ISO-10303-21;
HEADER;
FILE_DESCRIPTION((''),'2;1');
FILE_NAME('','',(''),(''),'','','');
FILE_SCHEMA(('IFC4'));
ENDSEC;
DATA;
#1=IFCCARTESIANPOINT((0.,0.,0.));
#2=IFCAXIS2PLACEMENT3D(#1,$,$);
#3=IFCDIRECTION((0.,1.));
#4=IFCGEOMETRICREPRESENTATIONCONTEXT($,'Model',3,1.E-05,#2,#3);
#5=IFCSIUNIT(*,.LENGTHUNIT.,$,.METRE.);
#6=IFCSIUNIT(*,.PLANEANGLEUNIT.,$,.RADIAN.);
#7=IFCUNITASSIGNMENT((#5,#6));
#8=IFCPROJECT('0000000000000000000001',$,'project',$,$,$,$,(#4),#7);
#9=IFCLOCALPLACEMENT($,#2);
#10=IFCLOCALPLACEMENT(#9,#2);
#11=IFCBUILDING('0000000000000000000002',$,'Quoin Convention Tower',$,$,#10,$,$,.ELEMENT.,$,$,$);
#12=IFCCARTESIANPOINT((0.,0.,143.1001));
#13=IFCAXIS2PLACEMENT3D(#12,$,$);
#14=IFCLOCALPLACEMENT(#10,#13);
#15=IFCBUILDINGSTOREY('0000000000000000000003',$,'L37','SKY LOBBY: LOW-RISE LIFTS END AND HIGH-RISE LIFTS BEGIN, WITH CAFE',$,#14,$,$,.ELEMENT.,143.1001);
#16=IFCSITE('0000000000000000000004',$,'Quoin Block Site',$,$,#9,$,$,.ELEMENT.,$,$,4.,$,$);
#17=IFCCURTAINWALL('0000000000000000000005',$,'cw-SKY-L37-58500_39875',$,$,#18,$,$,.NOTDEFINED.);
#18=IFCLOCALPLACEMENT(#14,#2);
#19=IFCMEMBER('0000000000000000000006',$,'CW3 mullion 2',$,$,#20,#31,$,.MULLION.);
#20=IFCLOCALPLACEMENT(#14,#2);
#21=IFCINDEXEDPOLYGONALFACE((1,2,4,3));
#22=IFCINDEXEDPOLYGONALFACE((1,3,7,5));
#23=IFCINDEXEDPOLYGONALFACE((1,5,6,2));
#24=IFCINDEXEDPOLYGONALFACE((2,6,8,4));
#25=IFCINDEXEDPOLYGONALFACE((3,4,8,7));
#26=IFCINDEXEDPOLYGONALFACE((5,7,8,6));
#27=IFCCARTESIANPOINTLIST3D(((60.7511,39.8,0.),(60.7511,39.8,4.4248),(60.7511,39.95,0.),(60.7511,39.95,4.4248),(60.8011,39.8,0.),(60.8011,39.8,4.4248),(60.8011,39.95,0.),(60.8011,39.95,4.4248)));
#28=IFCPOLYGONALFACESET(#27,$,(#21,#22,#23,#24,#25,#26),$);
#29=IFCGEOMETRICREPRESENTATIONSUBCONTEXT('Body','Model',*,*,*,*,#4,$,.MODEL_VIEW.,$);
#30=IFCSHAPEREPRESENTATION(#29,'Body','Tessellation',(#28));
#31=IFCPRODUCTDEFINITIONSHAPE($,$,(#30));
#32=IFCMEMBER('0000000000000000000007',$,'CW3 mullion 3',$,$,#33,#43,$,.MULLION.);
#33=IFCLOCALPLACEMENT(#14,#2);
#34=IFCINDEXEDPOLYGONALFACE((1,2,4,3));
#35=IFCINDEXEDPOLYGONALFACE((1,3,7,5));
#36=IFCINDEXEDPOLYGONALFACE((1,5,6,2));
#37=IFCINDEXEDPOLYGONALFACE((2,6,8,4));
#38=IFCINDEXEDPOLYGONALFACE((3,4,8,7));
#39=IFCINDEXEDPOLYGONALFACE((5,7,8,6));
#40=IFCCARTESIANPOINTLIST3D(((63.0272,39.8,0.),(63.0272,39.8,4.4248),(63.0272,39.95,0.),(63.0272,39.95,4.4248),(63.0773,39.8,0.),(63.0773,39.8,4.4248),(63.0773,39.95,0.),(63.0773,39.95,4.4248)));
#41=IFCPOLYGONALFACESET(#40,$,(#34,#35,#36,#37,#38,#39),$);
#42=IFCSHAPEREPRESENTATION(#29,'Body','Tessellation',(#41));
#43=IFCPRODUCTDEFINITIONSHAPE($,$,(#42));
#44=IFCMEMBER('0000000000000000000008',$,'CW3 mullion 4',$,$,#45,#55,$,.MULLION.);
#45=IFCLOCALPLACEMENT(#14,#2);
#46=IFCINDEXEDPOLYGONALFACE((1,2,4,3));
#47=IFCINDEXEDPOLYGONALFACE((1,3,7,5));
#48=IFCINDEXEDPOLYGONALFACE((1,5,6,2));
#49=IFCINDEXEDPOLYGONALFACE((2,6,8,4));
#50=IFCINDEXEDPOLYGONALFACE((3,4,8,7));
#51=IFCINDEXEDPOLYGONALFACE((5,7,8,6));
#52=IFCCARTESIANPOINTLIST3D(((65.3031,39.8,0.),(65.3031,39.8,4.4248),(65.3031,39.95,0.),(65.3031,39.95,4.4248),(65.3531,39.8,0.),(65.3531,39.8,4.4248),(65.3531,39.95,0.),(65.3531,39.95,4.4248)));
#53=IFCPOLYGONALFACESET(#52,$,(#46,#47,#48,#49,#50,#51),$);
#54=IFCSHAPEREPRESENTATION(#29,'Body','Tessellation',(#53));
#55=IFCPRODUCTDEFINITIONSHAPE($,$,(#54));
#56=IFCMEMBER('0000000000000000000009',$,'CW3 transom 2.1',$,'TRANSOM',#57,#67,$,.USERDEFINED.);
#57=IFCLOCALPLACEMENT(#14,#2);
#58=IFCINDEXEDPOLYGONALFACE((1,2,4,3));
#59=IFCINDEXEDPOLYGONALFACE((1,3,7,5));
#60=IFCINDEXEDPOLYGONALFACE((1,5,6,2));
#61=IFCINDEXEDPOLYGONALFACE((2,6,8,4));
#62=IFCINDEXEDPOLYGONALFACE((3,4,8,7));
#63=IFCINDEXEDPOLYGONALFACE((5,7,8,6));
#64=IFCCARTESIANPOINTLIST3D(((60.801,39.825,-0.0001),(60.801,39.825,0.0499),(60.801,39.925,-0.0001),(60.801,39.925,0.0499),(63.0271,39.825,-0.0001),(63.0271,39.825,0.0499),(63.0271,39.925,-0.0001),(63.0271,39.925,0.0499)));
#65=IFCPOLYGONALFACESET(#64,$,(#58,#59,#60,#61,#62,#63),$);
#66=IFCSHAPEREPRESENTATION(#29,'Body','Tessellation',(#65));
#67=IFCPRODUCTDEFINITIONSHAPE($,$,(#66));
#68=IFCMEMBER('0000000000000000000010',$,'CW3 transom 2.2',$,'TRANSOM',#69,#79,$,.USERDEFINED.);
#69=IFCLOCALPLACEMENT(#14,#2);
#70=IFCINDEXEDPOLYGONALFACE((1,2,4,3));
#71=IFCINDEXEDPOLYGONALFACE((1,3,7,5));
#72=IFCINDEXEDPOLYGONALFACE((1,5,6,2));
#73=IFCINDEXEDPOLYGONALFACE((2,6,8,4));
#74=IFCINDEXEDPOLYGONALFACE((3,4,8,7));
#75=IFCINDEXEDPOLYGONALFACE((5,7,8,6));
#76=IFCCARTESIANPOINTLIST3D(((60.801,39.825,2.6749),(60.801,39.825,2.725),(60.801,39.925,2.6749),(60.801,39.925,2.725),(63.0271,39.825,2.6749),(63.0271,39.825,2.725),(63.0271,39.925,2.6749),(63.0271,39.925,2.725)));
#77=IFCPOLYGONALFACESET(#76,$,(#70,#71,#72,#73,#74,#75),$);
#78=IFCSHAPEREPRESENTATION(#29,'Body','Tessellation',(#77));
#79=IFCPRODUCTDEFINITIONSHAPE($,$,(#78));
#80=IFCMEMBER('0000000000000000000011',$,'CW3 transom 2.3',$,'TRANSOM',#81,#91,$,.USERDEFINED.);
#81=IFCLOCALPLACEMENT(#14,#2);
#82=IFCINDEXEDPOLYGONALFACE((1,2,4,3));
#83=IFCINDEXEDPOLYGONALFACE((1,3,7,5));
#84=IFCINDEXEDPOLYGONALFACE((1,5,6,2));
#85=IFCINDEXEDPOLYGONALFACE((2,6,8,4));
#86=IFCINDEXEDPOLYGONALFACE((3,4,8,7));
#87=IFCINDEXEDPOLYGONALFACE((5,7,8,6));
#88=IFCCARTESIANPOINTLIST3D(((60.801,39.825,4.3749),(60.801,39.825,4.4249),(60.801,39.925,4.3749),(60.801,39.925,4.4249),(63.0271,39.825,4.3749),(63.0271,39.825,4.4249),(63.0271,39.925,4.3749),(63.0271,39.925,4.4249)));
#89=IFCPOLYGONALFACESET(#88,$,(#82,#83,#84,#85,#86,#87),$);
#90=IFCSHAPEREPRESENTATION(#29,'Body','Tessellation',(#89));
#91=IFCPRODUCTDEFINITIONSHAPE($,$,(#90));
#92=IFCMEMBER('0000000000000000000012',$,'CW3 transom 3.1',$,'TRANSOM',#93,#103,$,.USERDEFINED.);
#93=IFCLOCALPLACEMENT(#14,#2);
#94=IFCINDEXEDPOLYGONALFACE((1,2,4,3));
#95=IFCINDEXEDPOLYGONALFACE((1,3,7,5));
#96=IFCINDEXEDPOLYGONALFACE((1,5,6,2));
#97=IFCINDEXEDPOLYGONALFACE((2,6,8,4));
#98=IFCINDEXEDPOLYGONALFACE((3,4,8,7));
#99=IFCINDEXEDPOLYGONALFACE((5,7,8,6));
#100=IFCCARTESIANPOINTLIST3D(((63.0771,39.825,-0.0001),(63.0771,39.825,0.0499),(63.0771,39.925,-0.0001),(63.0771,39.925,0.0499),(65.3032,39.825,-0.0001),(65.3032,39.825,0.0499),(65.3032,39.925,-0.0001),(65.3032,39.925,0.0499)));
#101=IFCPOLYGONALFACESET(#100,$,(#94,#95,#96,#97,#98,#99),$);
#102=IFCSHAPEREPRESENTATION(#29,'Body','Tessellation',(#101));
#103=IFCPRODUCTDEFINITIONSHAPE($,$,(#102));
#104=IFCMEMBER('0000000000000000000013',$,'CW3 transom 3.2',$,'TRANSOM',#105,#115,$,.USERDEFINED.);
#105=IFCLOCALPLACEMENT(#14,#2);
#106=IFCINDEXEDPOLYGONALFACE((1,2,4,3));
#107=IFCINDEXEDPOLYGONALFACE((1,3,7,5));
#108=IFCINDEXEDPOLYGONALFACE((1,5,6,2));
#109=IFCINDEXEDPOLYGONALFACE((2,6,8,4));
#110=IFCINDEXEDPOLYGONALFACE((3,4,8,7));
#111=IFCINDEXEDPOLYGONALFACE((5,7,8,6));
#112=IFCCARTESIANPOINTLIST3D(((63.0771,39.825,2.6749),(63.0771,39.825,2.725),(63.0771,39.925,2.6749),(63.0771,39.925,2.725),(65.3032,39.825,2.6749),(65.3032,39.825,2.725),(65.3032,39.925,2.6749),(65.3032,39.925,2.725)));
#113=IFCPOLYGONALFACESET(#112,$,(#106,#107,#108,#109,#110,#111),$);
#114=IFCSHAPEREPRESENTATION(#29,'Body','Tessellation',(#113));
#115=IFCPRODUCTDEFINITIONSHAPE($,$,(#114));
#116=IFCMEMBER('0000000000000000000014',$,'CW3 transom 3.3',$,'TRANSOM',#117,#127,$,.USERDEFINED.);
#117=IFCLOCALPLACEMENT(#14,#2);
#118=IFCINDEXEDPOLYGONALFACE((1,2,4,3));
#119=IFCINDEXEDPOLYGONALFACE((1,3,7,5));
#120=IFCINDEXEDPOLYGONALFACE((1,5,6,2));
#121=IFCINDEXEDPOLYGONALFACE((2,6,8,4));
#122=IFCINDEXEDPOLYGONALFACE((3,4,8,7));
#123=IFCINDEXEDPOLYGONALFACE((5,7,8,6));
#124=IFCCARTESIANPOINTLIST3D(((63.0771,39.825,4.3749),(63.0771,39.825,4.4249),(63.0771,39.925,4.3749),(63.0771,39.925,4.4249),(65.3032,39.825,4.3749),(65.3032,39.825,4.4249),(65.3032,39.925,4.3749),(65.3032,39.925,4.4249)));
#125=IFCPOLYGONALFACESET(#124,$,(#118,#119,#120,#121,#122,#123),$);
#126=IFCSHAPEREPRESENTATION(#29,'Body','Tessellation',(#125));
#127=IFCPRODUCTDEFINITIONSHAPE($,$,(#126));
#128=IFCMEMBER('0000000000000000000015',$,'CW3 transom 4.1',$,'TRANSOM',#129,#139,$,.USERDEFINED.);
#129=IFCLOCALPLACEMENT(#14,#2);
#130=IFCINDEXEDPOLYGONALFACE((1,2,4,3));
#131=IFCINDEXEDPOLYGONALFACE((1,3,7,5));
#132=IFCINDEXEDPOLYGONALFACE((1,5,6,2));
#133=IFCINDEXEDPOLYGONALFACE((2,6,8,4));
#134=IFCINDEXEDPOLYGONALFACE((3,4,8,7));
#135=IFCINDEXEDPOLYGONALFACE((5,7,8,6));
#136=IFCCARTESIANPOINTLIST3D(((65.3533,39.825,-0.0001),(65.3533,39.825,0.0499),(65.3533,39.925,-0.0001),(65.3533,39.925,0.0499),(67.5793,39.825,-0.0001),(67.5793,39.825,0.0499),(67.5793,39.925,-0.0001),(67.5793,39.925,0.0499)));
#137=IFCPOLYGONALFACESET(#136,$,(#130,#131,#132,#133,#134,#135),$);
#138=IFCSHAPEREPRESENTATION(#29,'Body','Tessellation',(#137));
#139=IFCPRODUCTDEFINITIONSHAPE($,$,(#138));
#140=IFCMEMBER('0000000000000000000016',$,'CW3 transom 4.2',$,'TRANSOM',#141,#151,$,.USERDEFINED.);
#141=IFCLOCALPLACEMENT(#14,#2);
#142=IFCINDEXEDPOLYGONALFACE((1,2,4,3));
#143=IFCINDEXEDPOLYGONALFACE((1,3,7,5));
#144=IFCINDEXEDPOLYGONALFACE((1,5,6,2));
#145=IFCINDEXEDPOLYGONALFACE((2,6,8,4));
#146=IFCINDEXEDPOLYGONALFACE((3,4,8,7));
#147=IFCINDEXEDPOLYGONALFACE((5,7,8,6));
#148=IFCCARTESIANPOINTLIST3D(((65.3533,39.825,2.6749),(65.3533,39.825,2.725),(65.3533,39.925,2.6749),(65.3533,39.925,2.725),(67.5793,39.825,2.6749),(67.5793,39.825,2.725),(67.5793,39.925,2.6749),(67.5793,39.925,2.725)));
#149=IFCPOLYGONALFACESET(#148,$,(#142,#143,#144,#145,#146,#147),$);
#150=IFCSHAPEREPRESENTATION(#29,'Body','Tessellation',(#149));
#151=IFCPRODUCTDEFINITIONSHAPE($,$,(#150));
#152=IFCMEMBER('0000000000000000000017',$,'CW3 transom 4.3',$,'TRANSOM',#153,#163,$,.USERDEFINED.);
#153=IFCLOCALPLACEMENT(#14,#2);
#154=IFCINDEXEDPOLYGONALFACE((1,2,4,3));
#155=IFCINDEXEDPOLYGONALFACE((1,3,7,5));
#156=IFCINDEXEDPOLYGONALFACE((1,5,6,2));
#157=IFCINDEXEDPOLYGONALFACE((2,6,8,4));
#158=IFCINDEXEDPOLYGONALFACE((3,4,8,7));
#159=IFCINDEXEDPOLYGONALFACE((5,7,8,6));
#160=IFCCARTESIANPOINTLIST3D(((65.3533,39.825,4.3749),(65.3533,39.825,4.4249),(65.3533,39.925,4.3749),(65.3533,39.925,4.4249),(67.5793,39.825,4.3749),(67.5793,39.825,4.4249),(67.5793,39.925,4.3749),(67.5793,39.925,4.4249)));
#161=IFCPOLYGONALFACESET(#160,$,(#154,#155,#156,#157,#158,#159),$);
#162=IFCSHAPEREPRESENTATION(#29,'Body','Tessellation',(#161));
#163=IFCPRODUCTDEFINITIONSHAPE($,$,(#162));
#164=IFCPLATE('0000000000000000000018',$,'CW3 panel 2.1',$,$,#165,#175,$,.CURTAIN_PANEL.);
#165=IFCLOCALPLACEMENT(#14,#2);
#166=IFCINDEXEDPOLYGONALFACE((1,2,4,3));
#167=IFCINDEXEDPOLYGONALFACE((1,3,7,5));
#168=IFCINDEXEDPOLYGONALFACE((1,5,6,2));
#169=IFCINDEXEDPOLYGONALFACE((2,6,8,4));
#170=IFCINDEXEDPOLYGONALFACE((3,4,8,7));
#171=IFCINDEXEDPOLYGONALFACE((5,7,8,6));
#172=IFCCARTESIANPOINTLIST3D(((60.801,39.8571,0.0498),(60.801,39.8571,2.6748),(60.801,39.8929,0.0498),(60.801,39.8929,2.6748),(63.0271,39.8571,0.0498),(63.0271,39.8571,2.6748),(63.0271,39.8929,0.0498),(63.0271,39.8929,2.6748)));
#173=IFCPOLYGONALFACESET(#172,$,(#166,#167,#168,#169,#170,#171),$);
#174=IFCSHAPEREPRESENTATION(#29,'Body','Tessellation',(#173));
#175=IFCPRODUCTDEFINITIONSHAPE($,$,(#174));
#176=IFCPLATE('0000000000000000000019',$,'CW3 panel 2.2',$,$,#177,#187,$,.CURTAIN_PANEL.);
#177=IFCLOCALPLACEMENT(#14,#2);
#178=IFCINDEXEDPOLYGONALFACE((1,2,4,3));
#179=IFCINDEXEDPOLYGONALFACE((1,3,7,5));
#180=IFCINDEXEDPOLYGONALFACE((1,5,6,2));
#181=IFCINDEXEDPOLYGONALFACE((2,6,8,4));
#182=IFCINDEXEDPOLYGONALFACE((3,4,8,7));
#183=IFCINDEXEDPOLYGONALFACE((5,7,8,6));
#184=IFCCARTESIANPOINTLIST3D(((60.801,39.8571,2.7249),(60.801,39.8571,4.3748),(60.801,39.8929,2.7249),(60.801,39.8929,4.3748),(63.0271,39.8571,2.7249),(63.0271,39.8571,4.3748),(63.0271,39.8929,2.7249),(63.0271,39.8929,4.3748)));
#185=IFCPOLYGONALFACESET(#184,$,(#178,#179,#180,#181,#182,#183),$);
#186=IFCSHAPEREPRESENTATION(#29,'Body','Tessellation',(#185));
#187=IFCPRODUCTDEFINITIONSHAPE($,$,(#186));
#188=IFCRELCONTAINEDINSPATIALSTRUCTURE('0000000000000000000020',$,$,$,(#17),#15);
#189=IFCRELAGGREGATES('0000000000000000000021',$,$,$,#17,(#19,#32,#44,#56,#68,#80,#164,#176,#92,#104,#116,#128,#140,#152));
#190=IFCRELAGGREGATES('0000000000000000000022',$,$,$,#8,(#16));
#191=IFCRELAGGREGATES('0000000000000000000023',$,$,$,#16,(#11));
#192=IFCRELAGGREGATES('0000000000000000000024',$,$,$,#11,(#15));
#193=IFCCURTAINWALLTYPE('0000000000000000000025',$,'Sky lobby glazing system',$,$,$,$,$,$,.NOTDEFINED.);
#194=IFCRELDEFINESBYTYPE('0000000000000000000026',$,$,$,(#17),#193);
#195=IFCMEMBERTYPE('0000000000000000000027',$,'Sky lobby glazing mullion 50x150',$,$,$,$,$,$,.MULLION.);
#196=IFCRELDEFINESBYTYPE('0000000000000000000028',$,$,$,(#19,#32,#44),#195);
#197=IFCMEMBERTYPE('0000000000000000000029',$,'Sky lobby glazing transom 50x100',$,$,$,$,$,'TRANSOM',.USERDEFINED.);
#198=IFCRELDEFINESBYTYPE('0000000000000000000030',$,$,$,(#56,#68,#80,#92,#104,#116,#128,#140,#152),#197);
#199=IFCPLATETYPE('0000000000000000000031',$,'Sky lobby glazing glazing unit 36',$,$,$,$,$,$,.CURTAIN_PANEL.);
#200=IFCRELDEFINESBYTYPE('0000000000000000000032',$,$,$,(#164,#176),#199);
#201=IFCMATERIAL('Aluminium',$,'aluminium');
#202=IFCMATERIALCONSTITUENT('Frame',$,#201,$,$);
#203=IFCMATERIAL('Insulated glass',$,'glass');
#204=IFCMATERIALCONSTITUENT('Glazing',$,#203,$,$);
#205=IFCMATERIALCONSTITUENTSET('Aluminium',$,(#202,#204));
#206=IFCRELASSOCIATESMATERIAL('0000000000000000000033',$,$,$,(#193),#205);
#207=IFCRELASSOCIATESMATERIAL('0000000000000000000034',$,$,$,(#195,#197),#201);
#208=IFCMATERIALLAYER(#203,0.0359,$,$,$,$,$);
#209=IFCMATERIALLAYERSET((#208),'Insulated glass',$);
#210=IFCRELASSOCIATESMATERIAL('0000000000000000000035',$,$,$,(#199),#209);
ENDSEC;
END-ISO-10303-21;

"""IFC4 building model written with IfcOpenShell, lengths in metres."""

from ifc_helpers import new_model, si_unit, direction, frame, origin, origin_2d, place, context, subcontext, project, spatial, rectangle, extrude, material, layer, layer_set, constituent, constituent_set, material_profile, profile_set, type_object, element, aggregate, save


model = new_model("IFC4")

# Units and contexts
model_context = context("Model", 3, precision=1e-05, world=origin(), true_north=direction((0.0, 1.0)))
body_context = subcontext(model_context, "Body", "Model", "MODEL_VIEW")
ifc_project = project(units=[si_unit("LENGTHUNIT", "METRE"), si_unit("PLANEANGLEUNIT", "RADIAN")], contexts=[model_context])

# Site, building, storey
site_placement = place(None, origin())
site = spatial("IfcSite", under=ifc_project, at=site_placement, Name="Quoin Block Site", CompositionType="ELEMENT", RefElevation=4.0)
building_placement = place(site_placement, origin())
building = spatial("IfcBuilding", under=site, at=building_placement, Name="Quoin Convention Tower", CompositionType="ELEMENT")
storey_placement = place(building_placement, frame((0.0, 0.0, 143.1001)))
storey = spatial("IfcBuildingStorey", under=building, at=storey_placement, Name="L37", Description="SKY LOBBY: LOW-RISE LIFTS END AND HIGH-RISE LIFTS BEGIN, WITH CAFE", CompositionType="ELEMENT", Elevation=143.1001)

# Curtain wall, members, plates
ifc_material_1 = material(Name="Aluminium", Category="aluminium")
ifc_constituent_1 = constituent(ifc_material_1, Name="Frame")
ifc_material_2 = material(Name="Insulated glass", Category="glass")
ifc_constituent_2 = constituent(ifc_material_2, Name="Glazing")
ifc_constituent_set = constituent_set(constituents=[ifc_constituent_1, ifc_constituent_2], Name="Aluminium")
curtain_wall_type = type_object("IfcCurtainWallType", Name="Sky lobby glazing system", PredefinedType="NOTDEFINED", material=ifc_constituent_set)
curtain_wall_placement = place(storey_placement, origin())
curtain_wall = element("IfcCurtainWall", 1, at=curtain_wall_placement, inside=storey, type_object=curtain_wall_type, Name="cw-SKY-L37-58500_39875", PredefinedType="NOTDEFINED")
ifc_material_profile_1 = material_profile(ifc_material_1, rectangle(XDim=0.1499, YDim=0.05, at=origin_2d()), Name="Sky lobby glazing mullion 50x150")
ifc_profile_set_1 = profile_set([ifc_material_profile_1], Name="Aluminium")
member_type_1 = type_object("IfcMemberType", Name="Sky lobby glazing mullion 50x150", PredefinedType="MULLION", material=ifc_profile_set_1)
member_1_placement = place(storey_placement, frame((60.7761, 39.875, 0.0), z_axis=(0.0, 0.0, 1.0), x_axis=(0.0, 1.0, 0.0)))
member_1 = element("IfcMember", 2, at=member_1_placement, type_object=member_type_1, Name="CW3 mullion 2", PredefinedType="MULLION", context=body_context, shape_type="SweptSolid", body=[
    extrude(rectangle(XDim=0.1499, YDim=0.05, at=origin_2d()), origin(), (0.0, 0.0, 1.0), 4.4248),
])
member_2_placement = place(storey_placement, frame((63.0522, 39.875, 0.0), z_axis=(0.0, 0.0, 1.0), x_axis=(0.0, 1.0, 0.0)))
member_2 = element("IfcMember", 3, at=member_2_placement, type_object=member_type_1, Name="CW3 mullion 3", PredefinedType="MULLION", context=body_context, shape_type="SweptSolid", body=[
    extrude(rectangle(XDim=0.1499, YDim=0.05, at=origin_2d()), origin(), (0.0, 0.0, 1.0), 4.4248),
])
member_3_placement = place(storey_placement, frame((65.3281, 39.875, 0.0), z_axis=(0.0, 0.0, 1.0), x_axis=(0.0, 1.0, 0.0)))
member_3 = element("IfcMember", 4, at=member_3_placement, type_object=member_type_1, Name="CW3 mullion 4", PredefinedType="MULLION", context=body_context, shape_type="SweptSolid", body=[
    extrude(rectangle(XDim=0.1499, YDim=0.05, at=origin_2d()), origin(), (0.0, 0.0, 1.0), 4.4248),
])
ifc_material_profile_2 = material_profile(ifc_material_1, rectangle(XDim=0.1001, YDim=0.05, at=origin_2d()), Name="Sky lobby glazing transom 50x100")
ifc_profile_set_2 = profile_set([ifc_material_profile_2], Name="Aluminium")
member_type_2 = type_object("IfcMemberType", Name="Sky lobby glazing transom 50x100", ElementType="TRANSOM", PredefinedType="USERDEFINED", material=ifc_profile_set_2)
member_4_placement = place(storey_placement, frame((60.801, 39.875, 0.0249), z_axis=(1.0, 0.0, 0.0), x_axis=(0.0, 1.0, 0.0)))
member_4 = element("IfcMember", 5, at=member_4_placement, type_object=member_type_2, Name="CW3 transom 2.1", ObjectType="TRANSOM", PredefinedType="USERDEFINED", context=body_context, shape_type="SweptSolid", body=[
    extrude(rectangle(XDim=0.1001, YDim=0.05, at=origin_2d()), origin(), (0.0, 0.0, 1.0), 2.2261),
])
member_5_placement = place(storey_placement, frame((60.801, 39.875, 2.7), z_axis=(1.0, 0.0, 0.0), x_axis=(0.0, 1.0, 0.0)))
member_5 = element("IfcMember", 6, at=member_5_placement, type_object=member_type_2, Name="CW3 transom 2.2", ObjectType="TRANSOM", PredefinedType="USERDEFINED", context=body_context, shape_type="SweptSolid", body=[
    extrude(rectangle(XDim=0.1001, YDim=0.05, at=origin_2d()), origin(), (0.0, 0.0, 1.0), 2.2261),
])
member_6_placement = place(storey_placement, frame((60.801, 39.875, 4.3999), z_axis=(1.0, 0.0, 0.0), x_axis=(0.0, 1.0, 0.0)))
member_6 = element("IfcMember", 7, at=member_6_placement, type_object=member_type_2, Name="CW3 transom 2.3", ObjectType="TRANSOM", PredefinedType="USERDEFINED", context=body_context, shape_type="SweptSolid", body=[
    extrude(rectangle(XDim=0.1001, YDim=0.05, at=origin_2d()), origin(), (0.0, 0.0, 1.0), 2.2261),
])
member_7_placement = place(storey_placement, frame((63.0771, 39.875, 0.0249), z_axis=(1.0, 0.0, 0.0), x_axis=(0.0, 1.0, 0.0)))
member_7 = element("IfcMember", 8, at=member_7_placement, type_object=member_type_2, Name="CW3 transom 3.1", ObjectType="TRANSOM", PredefinedType="USERDEFINED", context=body_context, shape_type="SweptSolid", body=[
    extrude(rectangle(XDim=0.1001, YDim=0.05, at=origin_2d()), origin(), (0.0, 0.0, 1.0), 2.2261),
])
member_8_placement = place(storey_placement, frame((63.0771, 39.875, 2.7), z_axis=(1.0, 0.0, 0.0), x_axis=(0.0, 1.0, 0.0)))
member_8 = element("IfcMember", 9, at=member_8_placement, type_object=member_type_2, Name="CW3 transom 3.2", ObjectType="TRANSOM", PredefinedType="USERDEFINED", context=body_context, shape_type="SweptSolid", body=[
    extrude(rectangle(XDim=0.1001, YDim=0.05, at=origin_2d()), origin(), (0.0, 0.0, 1.0), 2.2261),
])
member_9_placement = place(storey_placement, frame((63.0771, 39.875, 4.3999), z_axis=(1.0, 0.0, 0.0), x_axis=(0.0, 1.0, 0.0)))
member_9 = element("IfcMember", 10, at=member_9_placement, type_object=member_type_2, Name="CW3 transom 3.3", ObjectType="TRANSOM", PredefinedType="USERDEFINED", context=body_context, shape_type="SweptSolid", body=[
    extrude(rectangle(XDim=0.1001, YDim=0.05, at=origin_2d()), origin(), (0.0, 0.0, 1.0), 2.2261),
])
member_10_placement = place(storey_placement, frame((65.3533, 39.875, 0.0249), z_axis=(1.0, 0.0, 0.0), x_axis=(0.0, 1.0, 0.0)))
member_10 = element("IfcMember", 11, at=member_10_placement, type_object=member_type_2, Name="CW3 transom 4.1", ObjectType="TRANSOM", PredefinedType="USERDEFINED", context=body_context, shape_type="SweptSolid", body=[
    extrude(rectangle(XDim=0.1001, YDim=0.05, at=origin_2d()), origin(), (0.0, 0.0, 1.0), 2.2261),
])
member_11_placement = place(storey_placement, frame((65.3533, 39.875, 2.7), z_axis=(1.0, 0.0, 0.0), x_axis=(0.0, 1.0, 0.0)))
member_11 = element("IfcMember", 12, at=member_11_placement, type_object=member_type_2, Name="CW3 transom 4.2", ObjectType="TRANSOM", PredefinedType="USERDEFINED", context=body_context, shape_type="SweptSolid", body=[
    extrude(rectangle(XDim=0.1001, YDim=0.05, at=origin_2d()), origin(), (0.0, 0.0, 1.0), 2.2261),
])
member_12_placement = place(storey_placement, frame((65.3533, 39.875, 4.3999), z_axis=(1.0, 0.0, 0.0), x_axis=(0.0, 1.0, 0.0)))
member_12 = element("IfcMember", 13, at=member_12_placement, type_object=member_type_2, Name="CW3 transom 4.3", ObjectType="TRANSOM", PredefinedType="USERDEFINED", context=body_context, shape_type="SweptSolid", body=[
    extrude(rectangle(XDim=0.1001, YDim=0.05, at=origin_2d()), origin(), (0.0, 0.0, 1.0), 2.2261),
])
ifc_layer_1 = layer(ifc_material_2, 0.0359)
ifc_layer_set_1 = layer_set([ifc_layer_1], Name="Insulated glass")
plate_type = type_object("IfcPlateType", Name="Sky lobby glazing glazing unit 36", PredefinedType="CURTAIN_PANEL", material=ifc_layer_set_1)
plate_1_placement = place(storey_placement, frame((61.9141, 39.875, 0.0498), z_axis=(0.0, 0.0, 1.0), x_axis=(1.0, 0.0, 0.0)))
plate_1 = element("IfcPlate", 14, at=plate_1_placement, type_object=plate_type, Name="CW3 panel 2.1", PredefinedType="CURTAIN_PANEL", context=body_context, shape_type="SweptSolid", body=[
    extrude(rectangle(XDim=2.2261, YDim=0.0359, at=origin_2d()), origin(), (0.0, 0.0, 1.0), 2.625),
])
plate_2_placement = place(storey_placement, frame((61.9141, 39.875, 2.7249), z_axis=(0.0, 0.0, 1.0), x_axis=(1.0, 0.0, 0.0)))
plate_2 = element("IfcPlate", 15, at=plate_2_placement, type_object=plate_type, Name="CW3 panel 2.2", PredefinedType="CURTAIN_PANEL", context=body_context, shape_type="SweptSolid", body=[
    extrude(rectangle(XDim=2.2261, YDim=0.0359, at=origin_2d()), origin(), (0.0, 0.0, 1.0), 1.6499),
])
aggregate(curtain_wall, [member_1, member_2, member_3, member_4, member_5, member_6, plate_1, plate_2, member_7, member_8, member_9, member_10, member_11, member_12])

save(model, "model.ifc")
